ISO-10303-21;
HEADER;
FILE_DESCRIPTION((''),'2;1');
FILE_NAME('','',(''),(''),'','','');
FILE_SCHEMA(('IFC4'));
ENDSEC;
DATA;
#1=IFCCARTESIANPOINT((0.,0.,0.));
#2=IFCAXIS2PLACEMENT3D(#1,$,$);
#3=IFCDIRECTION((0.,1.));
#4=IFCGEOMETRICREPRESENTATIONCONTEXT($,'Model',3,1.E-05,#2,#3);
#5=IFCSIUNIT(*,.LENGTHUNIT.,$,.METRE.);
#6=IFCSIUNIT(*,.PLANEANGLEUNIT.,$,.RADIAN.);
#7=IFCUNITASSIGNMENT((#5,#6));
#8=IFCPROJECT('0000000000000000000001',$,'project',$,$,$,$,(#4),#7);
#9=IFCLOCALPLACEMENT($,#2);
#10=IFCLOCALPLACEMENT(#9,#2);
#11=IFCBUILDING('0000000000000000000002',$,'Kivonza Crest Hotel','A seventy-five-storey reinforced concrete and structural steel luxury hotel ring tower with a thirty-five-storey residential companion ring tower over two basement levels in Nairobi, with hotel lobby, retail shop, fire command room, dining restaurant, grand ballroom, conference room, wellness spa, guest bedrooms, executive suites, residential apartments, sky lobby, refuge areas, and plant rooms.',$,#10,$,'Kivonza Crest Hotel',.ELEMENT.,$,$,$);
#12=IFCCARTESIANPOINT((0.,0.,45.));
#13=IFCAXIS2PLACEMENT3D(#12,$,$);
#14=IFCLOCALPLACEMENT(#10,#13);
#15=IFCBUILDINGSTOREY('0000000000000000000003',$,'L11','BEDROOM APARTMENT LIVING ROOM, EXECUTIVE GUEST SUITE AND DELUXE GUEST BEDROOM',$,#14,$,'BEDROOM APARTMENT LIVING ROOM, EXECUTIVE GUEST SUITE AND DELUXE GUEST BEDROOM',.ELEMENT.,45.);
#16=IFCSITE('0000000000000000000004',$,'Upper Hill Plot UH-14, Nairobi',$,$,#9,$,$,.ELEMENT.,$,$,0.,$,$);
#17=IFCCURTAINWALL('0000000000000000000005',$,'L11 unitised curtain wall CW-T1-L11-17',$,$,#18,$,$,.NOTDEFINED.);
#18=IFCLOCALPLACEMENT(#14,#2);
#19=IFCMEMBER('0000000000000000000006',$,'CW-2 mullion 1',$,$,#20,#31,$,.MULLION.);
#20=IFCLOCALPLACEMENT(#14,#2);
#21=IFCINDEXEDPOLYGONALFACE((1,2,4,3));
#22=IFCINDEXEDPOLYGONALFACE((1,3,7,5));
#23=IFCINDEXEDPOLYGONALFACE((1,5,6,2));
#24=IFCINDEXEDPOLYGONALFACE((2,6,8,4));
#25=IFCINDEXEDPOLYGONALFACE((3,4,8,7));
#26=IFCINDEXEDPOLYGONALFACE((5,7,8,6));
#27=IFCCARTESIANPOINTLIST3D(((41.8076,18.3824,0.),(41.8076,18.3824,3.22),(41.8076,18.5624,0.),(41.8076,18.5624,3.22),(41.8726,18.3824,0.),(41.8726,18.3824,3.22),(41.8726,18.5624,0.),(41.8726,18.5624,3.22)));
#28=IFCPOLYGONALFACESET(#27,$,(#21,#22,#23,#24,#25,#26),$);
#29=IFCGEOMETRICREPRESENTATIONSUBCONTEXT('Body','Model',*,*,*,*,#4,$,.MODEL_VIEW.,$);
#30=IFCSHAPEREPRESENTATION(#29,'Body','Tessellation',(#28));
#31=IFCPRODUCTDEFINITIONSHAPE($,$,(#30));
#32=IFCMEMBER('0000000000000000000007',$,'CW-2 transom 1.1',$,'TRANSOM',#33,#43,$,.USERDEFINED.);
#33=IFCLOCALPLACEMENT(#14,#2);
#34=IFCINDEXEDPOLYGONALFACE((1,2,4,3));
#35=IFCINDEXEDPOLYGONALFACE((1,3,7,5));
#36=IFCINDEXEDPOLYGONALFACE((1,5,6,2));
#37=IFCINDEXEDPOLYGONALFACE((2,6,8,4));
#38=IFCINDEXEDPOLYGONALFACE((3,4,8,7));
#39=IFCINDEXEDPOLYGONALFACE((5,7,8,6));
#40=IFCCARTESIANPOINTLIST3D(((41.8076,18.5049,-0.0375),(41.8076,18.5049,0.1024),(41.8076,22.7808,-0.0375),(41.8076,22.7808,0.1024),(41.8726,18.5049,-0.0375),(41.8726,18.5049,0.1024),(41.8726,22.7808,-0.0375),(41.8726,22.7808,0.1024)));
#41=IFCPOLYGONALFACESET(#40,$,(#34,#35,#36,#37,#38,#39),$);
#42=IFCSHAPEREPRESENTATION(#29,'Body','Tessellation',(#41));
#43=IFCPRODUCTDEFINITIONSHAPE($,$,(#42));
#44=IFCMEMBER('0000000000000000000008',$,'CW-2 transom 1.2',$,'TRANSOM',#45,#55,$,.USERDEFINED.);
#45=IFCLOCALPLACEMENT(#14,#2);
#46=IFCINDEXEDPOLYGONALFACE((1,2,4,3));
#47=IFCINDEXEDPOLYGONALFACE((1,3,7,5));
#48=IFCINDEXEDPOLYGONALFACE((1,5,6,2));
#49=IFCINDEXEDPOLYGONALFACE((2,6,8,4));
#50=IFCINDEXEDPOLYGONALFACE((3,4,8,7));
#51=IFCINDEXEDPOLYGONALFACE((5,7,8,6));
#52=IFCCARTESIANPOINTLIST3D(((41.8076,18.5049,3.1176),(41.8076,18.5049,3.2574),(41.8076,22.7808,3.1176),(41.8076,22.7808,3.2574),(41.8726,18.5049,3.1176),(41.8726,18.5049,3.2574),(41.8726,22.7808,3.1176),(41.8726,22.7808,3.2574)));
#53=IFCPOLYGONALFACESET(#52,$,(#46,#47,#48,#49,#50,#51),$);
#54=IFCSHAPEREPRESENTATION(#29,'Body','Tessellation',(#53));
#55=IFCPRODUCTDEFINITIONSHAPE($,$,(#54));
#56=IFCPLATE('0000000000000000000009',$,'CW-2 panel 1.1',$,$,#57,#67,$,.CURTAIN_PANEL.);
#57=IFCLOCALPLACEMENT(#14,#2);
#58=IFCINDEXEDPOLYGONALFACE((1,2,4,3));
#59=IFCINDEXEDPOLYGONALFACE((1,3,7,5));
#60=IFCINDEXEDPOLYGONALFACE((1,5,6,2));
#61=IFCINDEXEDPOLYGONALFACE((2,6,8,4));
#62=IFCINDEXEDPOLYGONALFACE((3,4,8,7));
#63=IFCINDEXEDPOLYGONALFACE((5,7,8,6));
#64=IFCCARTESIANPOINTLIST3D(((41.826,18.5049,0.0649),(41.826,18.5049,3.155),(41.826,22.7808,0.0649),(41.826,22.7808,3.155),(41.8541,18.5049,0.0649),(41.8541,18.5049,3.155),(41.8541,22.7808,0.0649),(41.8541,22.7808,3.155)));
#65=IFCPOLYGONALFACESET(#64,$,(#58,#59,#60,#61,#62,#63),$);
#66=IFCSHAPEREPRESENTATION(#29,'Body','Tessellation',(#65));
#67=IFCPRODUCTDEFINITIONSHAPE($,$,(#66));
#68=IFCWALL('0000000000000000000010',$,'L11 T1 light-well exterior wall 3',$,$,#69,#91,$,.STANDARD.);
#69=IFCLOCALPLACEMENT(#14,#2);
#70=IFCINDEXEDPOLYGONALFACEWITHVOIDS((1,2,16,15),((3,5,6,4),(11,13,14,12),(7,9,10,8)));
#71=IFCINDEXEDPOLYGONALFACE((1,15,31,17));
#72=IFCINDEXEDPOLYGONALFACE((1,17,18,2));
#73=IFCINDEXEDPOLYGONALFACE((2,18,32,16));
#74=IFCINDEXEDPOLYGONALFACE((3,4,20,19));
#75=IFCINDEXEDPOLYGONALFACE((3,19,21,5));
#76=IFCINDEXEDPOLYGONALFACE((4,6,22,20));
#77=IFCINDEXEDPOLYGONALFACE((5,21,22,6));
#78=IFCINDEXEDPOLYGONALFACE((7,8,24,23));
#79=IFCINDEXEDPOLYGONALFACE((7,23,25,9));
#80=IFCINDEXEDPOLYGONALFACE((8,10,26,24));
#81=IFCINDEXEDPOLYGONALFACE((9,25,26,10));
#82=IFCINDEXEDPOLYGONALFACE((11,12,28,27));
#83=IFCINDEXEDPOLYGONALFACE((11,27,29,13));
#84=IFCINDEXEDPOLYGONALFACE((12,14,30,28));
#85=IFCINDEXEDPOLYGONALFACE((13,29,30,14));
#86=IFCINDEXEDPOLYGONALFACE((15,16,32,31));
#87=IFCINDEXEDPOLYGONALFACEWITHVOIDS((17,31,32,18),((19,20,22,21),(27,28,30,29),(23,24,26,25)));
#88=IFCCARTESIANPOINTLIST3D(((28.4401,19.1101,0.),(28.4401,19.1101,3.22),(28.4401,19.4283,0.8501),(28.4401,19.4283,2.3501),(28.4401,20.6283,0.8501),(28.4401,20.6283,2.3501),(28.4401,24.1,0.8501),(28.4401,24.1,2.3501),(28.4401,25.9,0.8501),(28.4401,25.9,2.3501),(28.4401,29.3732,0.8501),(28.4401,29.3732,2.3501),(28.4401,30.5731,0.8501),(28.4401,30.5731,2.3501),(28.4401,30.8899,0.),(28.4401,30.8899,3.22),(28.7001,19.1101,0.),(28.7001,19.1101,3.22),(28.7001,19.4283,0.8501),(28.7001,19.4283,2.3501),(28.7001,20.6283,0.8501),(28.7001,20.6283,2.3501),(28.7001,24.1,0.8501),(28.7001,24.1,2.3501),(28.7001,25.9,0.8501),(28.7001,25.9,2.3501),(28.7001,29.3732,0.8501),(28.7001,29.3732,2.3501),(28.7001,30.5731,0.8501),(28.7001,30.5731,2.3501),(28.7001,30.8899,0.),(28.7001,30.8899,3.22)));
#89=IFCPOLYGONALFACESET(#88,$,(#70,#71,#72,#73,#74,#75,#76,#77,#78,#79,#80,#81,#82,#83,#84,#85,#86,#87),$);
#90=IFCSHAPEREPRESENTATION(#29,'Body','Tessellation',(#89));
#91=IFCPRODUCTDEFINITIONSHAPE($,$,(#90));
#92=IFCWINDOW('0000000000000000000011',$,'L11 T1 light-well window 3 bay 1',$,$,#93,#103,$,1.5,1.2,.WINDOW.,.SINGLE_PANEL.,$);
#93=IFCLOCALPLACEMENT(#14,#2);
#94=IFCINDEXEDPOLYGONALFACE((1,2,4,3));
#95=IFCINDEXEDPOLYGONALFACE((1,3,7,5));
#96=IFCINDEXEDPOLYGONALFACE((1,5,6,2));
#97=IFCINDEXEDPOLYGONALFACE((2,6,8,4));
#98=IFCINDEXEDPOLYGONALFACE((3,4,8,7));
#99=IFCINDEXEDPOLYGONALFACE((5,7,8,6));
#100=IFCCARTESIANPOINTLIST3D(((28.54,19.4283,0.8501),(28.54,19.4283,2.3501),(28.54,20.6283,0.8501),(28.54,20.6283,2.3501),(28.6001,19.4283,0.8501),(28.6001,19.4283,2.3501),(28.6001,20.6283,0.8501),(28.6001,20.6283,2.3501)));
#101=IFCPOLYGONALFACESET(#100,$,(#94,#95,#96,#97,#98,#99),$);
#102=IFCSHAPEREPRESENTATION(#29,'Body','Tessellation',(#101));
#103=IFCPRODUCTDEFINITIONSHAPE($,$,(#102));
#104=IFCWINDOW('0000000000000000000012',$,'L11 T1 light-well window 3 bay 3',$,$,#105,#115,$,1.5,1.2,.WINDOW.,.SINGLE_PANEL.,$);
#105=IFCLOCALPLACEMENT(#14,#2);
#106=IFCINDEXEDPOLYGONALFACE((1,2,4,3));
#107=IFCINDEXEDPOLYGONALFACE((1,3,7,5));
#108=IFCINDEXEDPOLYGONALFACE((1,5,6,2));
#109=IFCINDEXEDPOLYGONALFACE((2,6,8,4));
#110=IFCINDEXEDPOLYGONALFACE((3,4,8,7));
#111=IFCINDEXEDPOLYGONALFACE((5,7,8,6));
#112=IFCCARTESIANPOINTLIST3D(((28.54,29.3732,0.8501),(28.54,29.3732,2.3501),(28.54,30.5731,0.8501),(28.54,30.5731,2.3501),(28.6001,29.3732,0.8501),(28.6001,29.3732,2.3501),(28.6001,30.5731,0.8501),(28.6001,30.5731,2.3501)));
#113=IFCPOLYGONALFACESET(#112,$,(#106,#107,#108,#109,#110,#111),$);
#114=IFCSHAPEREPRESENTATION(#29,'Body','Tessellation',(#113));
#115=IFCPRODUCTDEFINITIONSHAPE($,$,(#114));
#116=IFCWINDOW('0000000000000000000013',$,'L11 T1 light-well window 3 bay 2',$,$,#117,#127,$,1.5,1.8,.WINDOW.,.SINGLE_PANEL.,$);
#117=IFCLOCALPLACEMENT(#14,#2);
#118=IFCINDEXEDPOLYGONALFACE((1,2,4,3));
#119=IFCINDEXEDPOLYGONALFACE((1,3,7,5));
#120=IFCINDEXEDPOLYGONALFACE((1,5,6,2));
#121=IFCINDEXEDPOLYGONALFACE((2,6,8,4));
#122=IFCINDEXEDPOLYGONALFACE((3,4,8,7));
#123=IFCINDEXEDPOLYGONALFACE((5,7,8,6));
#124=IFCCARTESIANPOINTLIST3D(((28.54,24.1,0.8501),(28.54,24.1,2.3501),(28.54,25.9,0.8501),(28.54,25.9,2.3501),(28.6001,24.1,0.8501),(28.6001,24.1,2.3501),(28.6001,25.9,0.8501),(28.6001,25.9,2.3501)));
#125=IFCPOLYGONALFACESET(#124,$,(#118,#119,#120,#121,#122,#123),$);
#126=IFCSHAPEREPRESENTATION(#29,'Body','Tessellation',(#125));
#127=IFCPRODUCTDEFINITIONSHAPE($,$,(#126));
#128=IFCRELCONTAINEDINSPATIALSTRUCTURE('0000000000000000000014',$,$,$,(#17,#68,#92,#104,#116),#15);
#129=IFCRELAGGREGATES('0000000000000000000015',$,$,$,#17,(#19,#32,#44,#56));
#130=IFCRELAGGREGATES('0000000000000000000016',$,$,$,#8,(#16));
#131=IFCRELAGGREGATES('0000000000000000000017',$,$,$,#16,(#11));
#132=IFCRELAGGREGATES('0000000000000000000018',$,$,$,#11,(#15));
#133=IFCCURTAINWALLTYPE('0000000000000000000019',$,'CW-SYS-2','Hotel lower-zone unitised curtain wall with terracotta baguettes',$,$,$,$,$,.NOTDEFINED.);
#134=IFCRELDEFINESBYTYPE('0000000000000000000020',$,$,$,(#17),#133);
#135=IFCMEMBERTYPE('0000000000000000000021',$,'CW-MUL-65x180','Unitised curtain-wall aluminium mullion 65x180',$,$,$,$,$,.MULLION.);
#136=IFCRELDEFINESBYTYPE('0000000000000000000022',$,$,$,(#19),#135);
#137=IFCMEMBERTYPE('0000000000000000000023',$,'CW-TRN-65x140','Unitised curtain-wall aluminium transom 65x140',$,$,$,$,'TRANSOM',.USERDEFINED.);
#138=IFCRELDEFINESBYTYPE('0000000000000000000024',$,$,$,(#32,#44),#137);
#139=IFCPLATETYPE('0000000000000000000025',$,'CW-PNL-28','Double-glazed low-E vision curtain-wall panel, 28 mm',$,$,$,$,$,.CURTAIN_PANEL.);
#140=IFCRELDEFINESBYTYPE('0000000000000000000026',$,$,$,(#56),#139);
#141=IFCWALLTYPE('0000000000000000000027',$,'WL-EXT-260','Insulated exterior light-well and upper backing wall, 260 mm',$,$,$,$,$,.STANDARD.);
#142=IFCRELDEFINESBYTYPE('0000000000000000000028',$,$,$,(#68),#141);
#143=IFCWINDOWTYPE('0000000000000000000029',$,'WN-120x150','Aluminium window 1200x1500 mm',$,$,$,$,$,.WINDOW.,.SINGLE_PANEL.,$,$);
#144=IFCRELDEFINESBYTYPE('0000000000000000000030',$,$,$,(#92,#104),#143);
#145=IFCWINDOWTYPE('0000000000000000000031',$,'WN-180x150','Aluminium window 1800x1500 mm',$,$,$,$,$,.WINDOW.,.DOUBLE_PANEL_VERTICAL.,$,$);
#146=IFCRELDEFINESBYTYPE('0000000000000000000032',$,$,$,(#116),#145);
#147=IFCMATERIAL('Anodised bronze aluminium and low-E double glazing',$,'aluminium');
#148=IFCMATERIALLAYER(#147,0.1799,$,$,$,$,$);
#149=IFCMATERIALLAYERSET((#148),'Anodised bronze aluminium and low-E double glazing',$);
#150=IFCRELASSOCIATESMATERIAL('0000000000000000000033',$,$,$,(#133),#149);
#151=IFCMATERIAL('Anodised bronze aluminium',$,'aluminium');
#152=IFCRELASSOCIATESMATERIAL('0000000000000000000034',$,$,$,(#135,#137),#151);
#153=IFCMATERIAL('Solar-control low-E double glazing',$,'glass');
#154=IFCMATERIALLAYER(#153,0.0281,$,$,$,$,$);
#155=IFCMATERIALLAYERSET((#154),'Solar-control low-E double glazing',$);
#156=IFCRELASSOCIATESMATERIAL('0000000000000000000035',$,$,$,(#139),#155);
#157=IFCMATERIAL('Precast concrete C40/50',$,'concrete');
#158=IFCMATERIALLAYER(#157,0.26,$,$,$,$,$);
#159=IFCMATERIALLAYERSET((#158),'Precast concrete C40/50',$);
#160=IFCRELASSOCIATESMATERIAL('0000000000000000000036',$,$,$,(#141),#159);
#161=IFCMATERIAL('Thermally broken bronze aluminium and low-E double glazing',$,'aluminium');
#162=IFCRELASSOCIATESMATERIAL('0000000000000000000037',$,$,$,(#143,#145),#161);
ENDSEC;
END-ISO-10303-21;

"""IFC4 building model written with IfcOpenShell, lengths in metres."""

from ifc_helpers import new_model, si_unit, direction, frame, frame_2d, origin, origin_2d, place, context, subcontext, project, spatial, rectangle, extrude, material, layer, layer_set, material_profile, profile_set, type_object, element, fill, aggregate, save


model = new_model("IFC4")

# Units and contexts
model_context = context("Model", 3, precision=1e-05, world=origin(), true_north=direction((0.0, 1.0)))
body_context = subcontext(model_context, "Body", "Model", "MODEL_VIEW")
ifc_project = project(units=[si_unit("LENGTHUNIT", "METRE"), si_unit("PLANEANGLEUNIT", "RADIAN")], contexts=[model_context])

# Site, building, storey
site_placement = place(None, origin())
site = spatial("IfcSite", under=ifc_project, at=site_placement, Name="Upper Hill Plot UH-14, Nairobi", CompositionType="ELEMENT", RefElevation=0.0)
building_placement = place(site_placement, origin())
building = spatial("IfcBuilding", under=site, at=building_placement, Name="Kivonza Crest Hotel", Description="A seventy-five-storey reinforced concrete and structural steel luxury hotel ring tower with a thirty-five-storey residential companion ring tower over two basement levels in Nairobi, with hotel lobby, retail shop, fire command room, dining restaurant, grand ballroom, conference room, wellness spa, guest bedrooms, executive suites, residential apartments, sky lobby, refuge areas, and plant rooms.", LongName="Kivonza Crest Hotel", CompositionType="ELEMENT")
storey_placement = place(building_placement, frame((0.0, 0.0, 45.0)))
storey = spatial("IfcBuildingStorey", under=building, at=storey_placement, Name="L11", Description="BEDROOM APARTMENT LIVING ROOM, EXECUTIVE GUEST SUITE AND DELUXE GUEST BEDROOM", LongName="BEDROOM APARTMENT LIVING ROOM, EXECUTIVE GUEST SUITE AND DELUXE GUEST BEDROOM", CompositionType="ELEMENT", Elevation=45.0)

# Curtain wall, members, plate
ifc_material_1 = material(Name="Anodised bronze aluminium and low-E double glazing", Category="aluminium")
ifc_layer_1 = layer(ifc_material_1, 0.1799)
ifc_layer_set_1 = layer_set([ifc_layer_1], Name="Anodised bronze aluminium and low-E double glazing")
curtain_wall_type = type_object("IfcCurtainWallType", Name="CW-SYS-2", Description="Hotel lower-zone unitised curtain wall with terracotta baguettes", PredefinedType="NOTDEFINED", material=ifc_layer_set_1)
curtain_wall_placement = place(storey_placement, origin())
curtain_wall = element("IfcCurtainWall", 1, at=curtain_wall_placement, inside=storey, type_object=curtain_wall_type, Name="L11 unitised curtain wall CW-T1-L11-17", PredefinedType="NOTDEFINED")
ifc_material_2 = material(Name="Anodised bronze aluminium", Category="aluminium")
ifc_material_profile_1 = material_profile(ifc_material_2, rectangle(XDim=0.0649, YDim=0.1799, at=origin_2d()), Name="CW-M 65x180")
ifc_profile_set_1 = profile_set([ifc_material_profile_1], Name="Anodised bronze aluminium")
member_type_1 = type_object("IfcMemberType", Name="CW-MUL-65x180", Description="Unitised curtain-wall aluminium mullion 65x180", PredefinedType="MULLION", material=ifc_profile_set_1)
member_1_placement = place(storey_placement, frame((41.8401, 18.4724, 0.0), z_axis=(0.0, 0.0, 1.0), x_axis=(-1.0, 0.0, 0.0)))
member_1 = element("IfcMember", 2, at=member_1_placement, type_object=member_type_1, Name="CW-2 mullion 1", PredefinedType="MULLION", context=body_context, shape_type="SweptSolid", body=[
    extrude(rectangle(XDim=0.0649, YDim=0.1799, at=origin_2d()), origin(), (0.0, 0.0, 1.0), 3.22),
])
ifc_material_profile_2 = material_profile(ifc_material_2, rectangle(XDim=0.0649, YDim=0.1399, at=origin_2d()), Name="CW-T 65x140")
ifc_profile_set_2 = profile_set([ifc_material_profile_2], Name="Anodised bronze aluminium")
member_type_2 = type_object("IfcMemberType", Name="CW-TRN-65x140", Description="Unitised curtain-wall aluminium transom 65x140", ElementType="TRANSOM", PredefinedType="USERDEFINED", material=ifc_profile_set_2)
member_2_placement = place(storey_placement, frame((41.8401, 18.5049, 0.0325), z_axis=(0.0, 1.0, 0.0), x_axis=(-1.0, 0.0, 0.0)))
member_2 = element("IfcMember", 3, at=member_2_placement, type_object=member_type_2, Name="CW-2 transom 1.1", ObjectType="TRANSOM", PredefinedType="USERDEFINED", context=body_context, shape_type="SweptSolid", body=[
    extrude(rectangle(XDim=0.0649, YDim=0.1399, at=origin_2d()), origin(), (0.0, 0.0, 1.0), 4.2759),
])
member_3_placement = place(storey_placement, frame((41.8401, 18.5049, 3.1875), z_axis=(0.0, 1.0, 0.0), x_axis=(-1.0, 0.0, 0.0)))
member_3 = element("IfcMember", 4, at=member_3_placement, type_object=member_type_2, Name="CW-2 transom 1.2", ObjectType="TRANSOM", PredefinedType="USERDEFINED", context=body_context, shape_type="SweptSolid", body=[
    extrude(rectangle(XDim=0.0649, YDim=0.1399, at=origin_2d()), origin(), (0.0, 0.0, 1.0), 4.2759),
])
ifc_material_3 = material(Name="Solar-control low-E double glazing", Category="glass")
ifc_layer_2 = layer(ifc_material_3, 0.0281)
ifc_layer_set_2 = layer_set([ifc_layer_2], Name="Solar-control low-E double glazing")
plate_type = type_object("IfcPlateType", Name="CW-PNL-28", Description="Double-glazed low-E vision curtain-wall panel, 28 mm", PredefinedType="CURTAIN_PANEL", material=ifc_layer_set_2)
plate_placement = place(storey_placement, frame((41.8401, 20.6428, 0.0649), z_axis=(0.0, 0.0, 1.0), x_axis=(0.0, 1.0, 0.0)))
plate = element("IfcPlate", 5, at=plate_placement, type_object=plate_type, Name="CW-2 panel 1.1", PredefinedType="CURTAIN_PANEL", context=body_context, shape_type="SweptSolid", body=[
    extrude(rectangle(XDim=4.2759, YDim=0.0281, at=origin_2d()), origin(), (0.0, 0.0, 1.0), 3.0901),
])
aggregate(curtain_wall, [member_1, member_2, member_3, plate])

# Wall, openings, windows
ifc_material_4 = material(Name="Precast concrete C40/50", Category="concrete")
ifc_layer_3 = layer(ifc_material_4, 0.26)
ifc_layer_set_3 = layer_set([ifc_layer_3], Name="Precast concrete C40/50")
wall_type = type_object("IfcWallType", Name="WL-EXT-260", Description="Insulated exterior light-well and upper backing wall, 260 mm", PredefinedType="STANDARD", material=ifc_layer_set_3)
wall_placement = place(storey_placement, frame((28.5701, 19.1101, 0.0), z_axis=(0.0, 0.0, 1.0), x_axis=(0.0, 1.0, 0.0)))
wall = element("IfcWall", 6, at=wall_placement, inside=storey, type_object=wall_type, Name="L11 T1 light-well exterior wall 3", PredefinedType="STANDARD", context=body_context, shape_type="SweptSolid", body=[
    extrude(rectangle(XDim=11.7798, YDim=0.26, at=frame_2d((5.8899, 0.0))), origin(), (0.0, 0.0, 1.0), 3.22),
])
opening_1_placement = place(wall_placement, frame((0.3181, 0.0, 0.8501)))
opening_1 = element("IfcOpeningElement", 7, at=opening_1_placement, cuts=wall, PredefinedType="OPENING", context=body_context, shape_type="SweptSolid", body=[
    extrude(rectangle(XDim=1.2, YDim=1.5, at=frame_2d((0.6001, 0.75))), frame((0.0, 0.1401, 0.0), z_axis=(0.0, -1.0, 0.0), x_axis=(1.0, 0.0, 0.0)), (0.0, 0.0, 1.0), 0.28),
])
opening_2_placement = place(wall_placement, frame((4.99, 0.0, 0.8501)))
opening_2 = element("IfcOpeningElement", 8, at=opening_2_placement, cuts=wall, PredefinedType="OPENING", context=body_context, shape_type="SweptSolid", body=[
    extrude(rectangle(XDim=1.8, YDim=1.5, at=frame_2d((0.8999, 0.75))), frame((0.0, 0.1401, 0.0), z_axis=(0.0, -1.0, 0.0), x_axis=(1.0, 0.0, 0.0)), (0.0, 0.0, 1.0), 0.28),
])
opening_3_placement = place(wall_placement, frame((10.2629, 0.0, 0.8501)))
opening_3 = element("IfcOpeningElement", 9, at=opening_3_placement, cuts=wall, PredefinedType="OPENING", context=body_context, shape_type="SweptSolid", body=[
    extrude(rectangle(XDim=1.2, YDim=1.5, at=frame_2d((0.6001, 0.75))), frame((0.0, 0.1401, 0.0), z_axis=(0.0, -1.0, 0.0), x_axis=(1.0, 0.0, 0.0)), (0.0, 0.0, 1.0), 0.28),
])
ifc_material_5 = material(Name="Thermally broken bronze aluminium and low-E double glazing", Category="aluminium")
window_type_1 = type_object("IfcWindowType", Name="WN-120x150", Description="Aluminium window 1200x1500 mm", PartitioningType="SINGLE_PANEL", PredefinedType="WINDOW", material=ifc_material_5)
window_1_placement = place(opening_1_placement, origin())
window_1 = element("IfcWindow", 10, at=window_1_placement, inside=storey, type_object=window_type_1, Name="L11 T1 light-well window 3 bay 1", OverallHeight=1.5, OverallWidth=1.2, PartitioningType="SINGLE_PANEL", PredefinedType="WINDOW", context=body_context, shape_type="SweptSolid", body=[
    extrude(rectangle(XDim=1.2, YDim=1.5, at=frame_2d((0.6001, 0.75))), frame((0.0, 0.03, 0.0), z_axis=(0.0, -1.0, 0.0), x_axis=(1.0, 0.0, 0.0)), (0.0, 0.0, 1.0), 0.0601),
])
fill(opening_1, window_1)
window_2_placement = place(opening_3_placement, origin())
window_2 = element("IfcWindow", 11, at=window_2_placement, inside=storey, type_object=window_type_1, Name="L11 T1 light-well window 3 bay 3", OverallHeight=1.5, OverallWidth=1.2, PartitioningType="SINGLE_PANEL", PredefinedType="WINDOW", context=body_context, shape_type="SweptSolid", body=[
    extrude(rectangle(XDim=1.2, YDim=1.5, at=frame_2d((0.6001, 0.75))), frame((0.0, 0.03, 0.0), z_axis=(0.0, -1.0, 0.0), x_axis=(1.0, 0.0, 0.0)), (0.0, 0.0, 1.0), 0.0601),
])
fill(opening_3, window_2)
window_type_2 = type_object("IfcWindowType", Name="WN-180x150", Description="Aluminium window 1800x1500 mm", PartitioningType="DOUBLE_PANEL_VERTICAL", PredefinedType="WINDOW", material=ifc_material_5)
window_3_placement = place(opening_2_placement, origin())
window_3 = element("IfcWindow", 12, at=window_3_placement, inside=storey, type_object=window_type_2, Name="L11 T1 light-well window 3 bay 2", OverallHeight=1.5, OverallWidth=1.8, PartitioningType="SINGLE_PANEL", PredefinedType="WINDOW", context=body_context, shape_type="SweptSolid", body=[
    extrude(rectangle(XDim=1.8, YDim=1.5, at=frame_2d((0.8999, 0.75))), frame((0.0, 0.03, 0.0), z_axis=(0.0, -1.0, 0.0), x_axis=(1.0, 0.0, 0.0)), (0.0, 0.0, 1.0), 0.0601),
])
fill(opening_2, window_3)

save(model, "model.ifc")
